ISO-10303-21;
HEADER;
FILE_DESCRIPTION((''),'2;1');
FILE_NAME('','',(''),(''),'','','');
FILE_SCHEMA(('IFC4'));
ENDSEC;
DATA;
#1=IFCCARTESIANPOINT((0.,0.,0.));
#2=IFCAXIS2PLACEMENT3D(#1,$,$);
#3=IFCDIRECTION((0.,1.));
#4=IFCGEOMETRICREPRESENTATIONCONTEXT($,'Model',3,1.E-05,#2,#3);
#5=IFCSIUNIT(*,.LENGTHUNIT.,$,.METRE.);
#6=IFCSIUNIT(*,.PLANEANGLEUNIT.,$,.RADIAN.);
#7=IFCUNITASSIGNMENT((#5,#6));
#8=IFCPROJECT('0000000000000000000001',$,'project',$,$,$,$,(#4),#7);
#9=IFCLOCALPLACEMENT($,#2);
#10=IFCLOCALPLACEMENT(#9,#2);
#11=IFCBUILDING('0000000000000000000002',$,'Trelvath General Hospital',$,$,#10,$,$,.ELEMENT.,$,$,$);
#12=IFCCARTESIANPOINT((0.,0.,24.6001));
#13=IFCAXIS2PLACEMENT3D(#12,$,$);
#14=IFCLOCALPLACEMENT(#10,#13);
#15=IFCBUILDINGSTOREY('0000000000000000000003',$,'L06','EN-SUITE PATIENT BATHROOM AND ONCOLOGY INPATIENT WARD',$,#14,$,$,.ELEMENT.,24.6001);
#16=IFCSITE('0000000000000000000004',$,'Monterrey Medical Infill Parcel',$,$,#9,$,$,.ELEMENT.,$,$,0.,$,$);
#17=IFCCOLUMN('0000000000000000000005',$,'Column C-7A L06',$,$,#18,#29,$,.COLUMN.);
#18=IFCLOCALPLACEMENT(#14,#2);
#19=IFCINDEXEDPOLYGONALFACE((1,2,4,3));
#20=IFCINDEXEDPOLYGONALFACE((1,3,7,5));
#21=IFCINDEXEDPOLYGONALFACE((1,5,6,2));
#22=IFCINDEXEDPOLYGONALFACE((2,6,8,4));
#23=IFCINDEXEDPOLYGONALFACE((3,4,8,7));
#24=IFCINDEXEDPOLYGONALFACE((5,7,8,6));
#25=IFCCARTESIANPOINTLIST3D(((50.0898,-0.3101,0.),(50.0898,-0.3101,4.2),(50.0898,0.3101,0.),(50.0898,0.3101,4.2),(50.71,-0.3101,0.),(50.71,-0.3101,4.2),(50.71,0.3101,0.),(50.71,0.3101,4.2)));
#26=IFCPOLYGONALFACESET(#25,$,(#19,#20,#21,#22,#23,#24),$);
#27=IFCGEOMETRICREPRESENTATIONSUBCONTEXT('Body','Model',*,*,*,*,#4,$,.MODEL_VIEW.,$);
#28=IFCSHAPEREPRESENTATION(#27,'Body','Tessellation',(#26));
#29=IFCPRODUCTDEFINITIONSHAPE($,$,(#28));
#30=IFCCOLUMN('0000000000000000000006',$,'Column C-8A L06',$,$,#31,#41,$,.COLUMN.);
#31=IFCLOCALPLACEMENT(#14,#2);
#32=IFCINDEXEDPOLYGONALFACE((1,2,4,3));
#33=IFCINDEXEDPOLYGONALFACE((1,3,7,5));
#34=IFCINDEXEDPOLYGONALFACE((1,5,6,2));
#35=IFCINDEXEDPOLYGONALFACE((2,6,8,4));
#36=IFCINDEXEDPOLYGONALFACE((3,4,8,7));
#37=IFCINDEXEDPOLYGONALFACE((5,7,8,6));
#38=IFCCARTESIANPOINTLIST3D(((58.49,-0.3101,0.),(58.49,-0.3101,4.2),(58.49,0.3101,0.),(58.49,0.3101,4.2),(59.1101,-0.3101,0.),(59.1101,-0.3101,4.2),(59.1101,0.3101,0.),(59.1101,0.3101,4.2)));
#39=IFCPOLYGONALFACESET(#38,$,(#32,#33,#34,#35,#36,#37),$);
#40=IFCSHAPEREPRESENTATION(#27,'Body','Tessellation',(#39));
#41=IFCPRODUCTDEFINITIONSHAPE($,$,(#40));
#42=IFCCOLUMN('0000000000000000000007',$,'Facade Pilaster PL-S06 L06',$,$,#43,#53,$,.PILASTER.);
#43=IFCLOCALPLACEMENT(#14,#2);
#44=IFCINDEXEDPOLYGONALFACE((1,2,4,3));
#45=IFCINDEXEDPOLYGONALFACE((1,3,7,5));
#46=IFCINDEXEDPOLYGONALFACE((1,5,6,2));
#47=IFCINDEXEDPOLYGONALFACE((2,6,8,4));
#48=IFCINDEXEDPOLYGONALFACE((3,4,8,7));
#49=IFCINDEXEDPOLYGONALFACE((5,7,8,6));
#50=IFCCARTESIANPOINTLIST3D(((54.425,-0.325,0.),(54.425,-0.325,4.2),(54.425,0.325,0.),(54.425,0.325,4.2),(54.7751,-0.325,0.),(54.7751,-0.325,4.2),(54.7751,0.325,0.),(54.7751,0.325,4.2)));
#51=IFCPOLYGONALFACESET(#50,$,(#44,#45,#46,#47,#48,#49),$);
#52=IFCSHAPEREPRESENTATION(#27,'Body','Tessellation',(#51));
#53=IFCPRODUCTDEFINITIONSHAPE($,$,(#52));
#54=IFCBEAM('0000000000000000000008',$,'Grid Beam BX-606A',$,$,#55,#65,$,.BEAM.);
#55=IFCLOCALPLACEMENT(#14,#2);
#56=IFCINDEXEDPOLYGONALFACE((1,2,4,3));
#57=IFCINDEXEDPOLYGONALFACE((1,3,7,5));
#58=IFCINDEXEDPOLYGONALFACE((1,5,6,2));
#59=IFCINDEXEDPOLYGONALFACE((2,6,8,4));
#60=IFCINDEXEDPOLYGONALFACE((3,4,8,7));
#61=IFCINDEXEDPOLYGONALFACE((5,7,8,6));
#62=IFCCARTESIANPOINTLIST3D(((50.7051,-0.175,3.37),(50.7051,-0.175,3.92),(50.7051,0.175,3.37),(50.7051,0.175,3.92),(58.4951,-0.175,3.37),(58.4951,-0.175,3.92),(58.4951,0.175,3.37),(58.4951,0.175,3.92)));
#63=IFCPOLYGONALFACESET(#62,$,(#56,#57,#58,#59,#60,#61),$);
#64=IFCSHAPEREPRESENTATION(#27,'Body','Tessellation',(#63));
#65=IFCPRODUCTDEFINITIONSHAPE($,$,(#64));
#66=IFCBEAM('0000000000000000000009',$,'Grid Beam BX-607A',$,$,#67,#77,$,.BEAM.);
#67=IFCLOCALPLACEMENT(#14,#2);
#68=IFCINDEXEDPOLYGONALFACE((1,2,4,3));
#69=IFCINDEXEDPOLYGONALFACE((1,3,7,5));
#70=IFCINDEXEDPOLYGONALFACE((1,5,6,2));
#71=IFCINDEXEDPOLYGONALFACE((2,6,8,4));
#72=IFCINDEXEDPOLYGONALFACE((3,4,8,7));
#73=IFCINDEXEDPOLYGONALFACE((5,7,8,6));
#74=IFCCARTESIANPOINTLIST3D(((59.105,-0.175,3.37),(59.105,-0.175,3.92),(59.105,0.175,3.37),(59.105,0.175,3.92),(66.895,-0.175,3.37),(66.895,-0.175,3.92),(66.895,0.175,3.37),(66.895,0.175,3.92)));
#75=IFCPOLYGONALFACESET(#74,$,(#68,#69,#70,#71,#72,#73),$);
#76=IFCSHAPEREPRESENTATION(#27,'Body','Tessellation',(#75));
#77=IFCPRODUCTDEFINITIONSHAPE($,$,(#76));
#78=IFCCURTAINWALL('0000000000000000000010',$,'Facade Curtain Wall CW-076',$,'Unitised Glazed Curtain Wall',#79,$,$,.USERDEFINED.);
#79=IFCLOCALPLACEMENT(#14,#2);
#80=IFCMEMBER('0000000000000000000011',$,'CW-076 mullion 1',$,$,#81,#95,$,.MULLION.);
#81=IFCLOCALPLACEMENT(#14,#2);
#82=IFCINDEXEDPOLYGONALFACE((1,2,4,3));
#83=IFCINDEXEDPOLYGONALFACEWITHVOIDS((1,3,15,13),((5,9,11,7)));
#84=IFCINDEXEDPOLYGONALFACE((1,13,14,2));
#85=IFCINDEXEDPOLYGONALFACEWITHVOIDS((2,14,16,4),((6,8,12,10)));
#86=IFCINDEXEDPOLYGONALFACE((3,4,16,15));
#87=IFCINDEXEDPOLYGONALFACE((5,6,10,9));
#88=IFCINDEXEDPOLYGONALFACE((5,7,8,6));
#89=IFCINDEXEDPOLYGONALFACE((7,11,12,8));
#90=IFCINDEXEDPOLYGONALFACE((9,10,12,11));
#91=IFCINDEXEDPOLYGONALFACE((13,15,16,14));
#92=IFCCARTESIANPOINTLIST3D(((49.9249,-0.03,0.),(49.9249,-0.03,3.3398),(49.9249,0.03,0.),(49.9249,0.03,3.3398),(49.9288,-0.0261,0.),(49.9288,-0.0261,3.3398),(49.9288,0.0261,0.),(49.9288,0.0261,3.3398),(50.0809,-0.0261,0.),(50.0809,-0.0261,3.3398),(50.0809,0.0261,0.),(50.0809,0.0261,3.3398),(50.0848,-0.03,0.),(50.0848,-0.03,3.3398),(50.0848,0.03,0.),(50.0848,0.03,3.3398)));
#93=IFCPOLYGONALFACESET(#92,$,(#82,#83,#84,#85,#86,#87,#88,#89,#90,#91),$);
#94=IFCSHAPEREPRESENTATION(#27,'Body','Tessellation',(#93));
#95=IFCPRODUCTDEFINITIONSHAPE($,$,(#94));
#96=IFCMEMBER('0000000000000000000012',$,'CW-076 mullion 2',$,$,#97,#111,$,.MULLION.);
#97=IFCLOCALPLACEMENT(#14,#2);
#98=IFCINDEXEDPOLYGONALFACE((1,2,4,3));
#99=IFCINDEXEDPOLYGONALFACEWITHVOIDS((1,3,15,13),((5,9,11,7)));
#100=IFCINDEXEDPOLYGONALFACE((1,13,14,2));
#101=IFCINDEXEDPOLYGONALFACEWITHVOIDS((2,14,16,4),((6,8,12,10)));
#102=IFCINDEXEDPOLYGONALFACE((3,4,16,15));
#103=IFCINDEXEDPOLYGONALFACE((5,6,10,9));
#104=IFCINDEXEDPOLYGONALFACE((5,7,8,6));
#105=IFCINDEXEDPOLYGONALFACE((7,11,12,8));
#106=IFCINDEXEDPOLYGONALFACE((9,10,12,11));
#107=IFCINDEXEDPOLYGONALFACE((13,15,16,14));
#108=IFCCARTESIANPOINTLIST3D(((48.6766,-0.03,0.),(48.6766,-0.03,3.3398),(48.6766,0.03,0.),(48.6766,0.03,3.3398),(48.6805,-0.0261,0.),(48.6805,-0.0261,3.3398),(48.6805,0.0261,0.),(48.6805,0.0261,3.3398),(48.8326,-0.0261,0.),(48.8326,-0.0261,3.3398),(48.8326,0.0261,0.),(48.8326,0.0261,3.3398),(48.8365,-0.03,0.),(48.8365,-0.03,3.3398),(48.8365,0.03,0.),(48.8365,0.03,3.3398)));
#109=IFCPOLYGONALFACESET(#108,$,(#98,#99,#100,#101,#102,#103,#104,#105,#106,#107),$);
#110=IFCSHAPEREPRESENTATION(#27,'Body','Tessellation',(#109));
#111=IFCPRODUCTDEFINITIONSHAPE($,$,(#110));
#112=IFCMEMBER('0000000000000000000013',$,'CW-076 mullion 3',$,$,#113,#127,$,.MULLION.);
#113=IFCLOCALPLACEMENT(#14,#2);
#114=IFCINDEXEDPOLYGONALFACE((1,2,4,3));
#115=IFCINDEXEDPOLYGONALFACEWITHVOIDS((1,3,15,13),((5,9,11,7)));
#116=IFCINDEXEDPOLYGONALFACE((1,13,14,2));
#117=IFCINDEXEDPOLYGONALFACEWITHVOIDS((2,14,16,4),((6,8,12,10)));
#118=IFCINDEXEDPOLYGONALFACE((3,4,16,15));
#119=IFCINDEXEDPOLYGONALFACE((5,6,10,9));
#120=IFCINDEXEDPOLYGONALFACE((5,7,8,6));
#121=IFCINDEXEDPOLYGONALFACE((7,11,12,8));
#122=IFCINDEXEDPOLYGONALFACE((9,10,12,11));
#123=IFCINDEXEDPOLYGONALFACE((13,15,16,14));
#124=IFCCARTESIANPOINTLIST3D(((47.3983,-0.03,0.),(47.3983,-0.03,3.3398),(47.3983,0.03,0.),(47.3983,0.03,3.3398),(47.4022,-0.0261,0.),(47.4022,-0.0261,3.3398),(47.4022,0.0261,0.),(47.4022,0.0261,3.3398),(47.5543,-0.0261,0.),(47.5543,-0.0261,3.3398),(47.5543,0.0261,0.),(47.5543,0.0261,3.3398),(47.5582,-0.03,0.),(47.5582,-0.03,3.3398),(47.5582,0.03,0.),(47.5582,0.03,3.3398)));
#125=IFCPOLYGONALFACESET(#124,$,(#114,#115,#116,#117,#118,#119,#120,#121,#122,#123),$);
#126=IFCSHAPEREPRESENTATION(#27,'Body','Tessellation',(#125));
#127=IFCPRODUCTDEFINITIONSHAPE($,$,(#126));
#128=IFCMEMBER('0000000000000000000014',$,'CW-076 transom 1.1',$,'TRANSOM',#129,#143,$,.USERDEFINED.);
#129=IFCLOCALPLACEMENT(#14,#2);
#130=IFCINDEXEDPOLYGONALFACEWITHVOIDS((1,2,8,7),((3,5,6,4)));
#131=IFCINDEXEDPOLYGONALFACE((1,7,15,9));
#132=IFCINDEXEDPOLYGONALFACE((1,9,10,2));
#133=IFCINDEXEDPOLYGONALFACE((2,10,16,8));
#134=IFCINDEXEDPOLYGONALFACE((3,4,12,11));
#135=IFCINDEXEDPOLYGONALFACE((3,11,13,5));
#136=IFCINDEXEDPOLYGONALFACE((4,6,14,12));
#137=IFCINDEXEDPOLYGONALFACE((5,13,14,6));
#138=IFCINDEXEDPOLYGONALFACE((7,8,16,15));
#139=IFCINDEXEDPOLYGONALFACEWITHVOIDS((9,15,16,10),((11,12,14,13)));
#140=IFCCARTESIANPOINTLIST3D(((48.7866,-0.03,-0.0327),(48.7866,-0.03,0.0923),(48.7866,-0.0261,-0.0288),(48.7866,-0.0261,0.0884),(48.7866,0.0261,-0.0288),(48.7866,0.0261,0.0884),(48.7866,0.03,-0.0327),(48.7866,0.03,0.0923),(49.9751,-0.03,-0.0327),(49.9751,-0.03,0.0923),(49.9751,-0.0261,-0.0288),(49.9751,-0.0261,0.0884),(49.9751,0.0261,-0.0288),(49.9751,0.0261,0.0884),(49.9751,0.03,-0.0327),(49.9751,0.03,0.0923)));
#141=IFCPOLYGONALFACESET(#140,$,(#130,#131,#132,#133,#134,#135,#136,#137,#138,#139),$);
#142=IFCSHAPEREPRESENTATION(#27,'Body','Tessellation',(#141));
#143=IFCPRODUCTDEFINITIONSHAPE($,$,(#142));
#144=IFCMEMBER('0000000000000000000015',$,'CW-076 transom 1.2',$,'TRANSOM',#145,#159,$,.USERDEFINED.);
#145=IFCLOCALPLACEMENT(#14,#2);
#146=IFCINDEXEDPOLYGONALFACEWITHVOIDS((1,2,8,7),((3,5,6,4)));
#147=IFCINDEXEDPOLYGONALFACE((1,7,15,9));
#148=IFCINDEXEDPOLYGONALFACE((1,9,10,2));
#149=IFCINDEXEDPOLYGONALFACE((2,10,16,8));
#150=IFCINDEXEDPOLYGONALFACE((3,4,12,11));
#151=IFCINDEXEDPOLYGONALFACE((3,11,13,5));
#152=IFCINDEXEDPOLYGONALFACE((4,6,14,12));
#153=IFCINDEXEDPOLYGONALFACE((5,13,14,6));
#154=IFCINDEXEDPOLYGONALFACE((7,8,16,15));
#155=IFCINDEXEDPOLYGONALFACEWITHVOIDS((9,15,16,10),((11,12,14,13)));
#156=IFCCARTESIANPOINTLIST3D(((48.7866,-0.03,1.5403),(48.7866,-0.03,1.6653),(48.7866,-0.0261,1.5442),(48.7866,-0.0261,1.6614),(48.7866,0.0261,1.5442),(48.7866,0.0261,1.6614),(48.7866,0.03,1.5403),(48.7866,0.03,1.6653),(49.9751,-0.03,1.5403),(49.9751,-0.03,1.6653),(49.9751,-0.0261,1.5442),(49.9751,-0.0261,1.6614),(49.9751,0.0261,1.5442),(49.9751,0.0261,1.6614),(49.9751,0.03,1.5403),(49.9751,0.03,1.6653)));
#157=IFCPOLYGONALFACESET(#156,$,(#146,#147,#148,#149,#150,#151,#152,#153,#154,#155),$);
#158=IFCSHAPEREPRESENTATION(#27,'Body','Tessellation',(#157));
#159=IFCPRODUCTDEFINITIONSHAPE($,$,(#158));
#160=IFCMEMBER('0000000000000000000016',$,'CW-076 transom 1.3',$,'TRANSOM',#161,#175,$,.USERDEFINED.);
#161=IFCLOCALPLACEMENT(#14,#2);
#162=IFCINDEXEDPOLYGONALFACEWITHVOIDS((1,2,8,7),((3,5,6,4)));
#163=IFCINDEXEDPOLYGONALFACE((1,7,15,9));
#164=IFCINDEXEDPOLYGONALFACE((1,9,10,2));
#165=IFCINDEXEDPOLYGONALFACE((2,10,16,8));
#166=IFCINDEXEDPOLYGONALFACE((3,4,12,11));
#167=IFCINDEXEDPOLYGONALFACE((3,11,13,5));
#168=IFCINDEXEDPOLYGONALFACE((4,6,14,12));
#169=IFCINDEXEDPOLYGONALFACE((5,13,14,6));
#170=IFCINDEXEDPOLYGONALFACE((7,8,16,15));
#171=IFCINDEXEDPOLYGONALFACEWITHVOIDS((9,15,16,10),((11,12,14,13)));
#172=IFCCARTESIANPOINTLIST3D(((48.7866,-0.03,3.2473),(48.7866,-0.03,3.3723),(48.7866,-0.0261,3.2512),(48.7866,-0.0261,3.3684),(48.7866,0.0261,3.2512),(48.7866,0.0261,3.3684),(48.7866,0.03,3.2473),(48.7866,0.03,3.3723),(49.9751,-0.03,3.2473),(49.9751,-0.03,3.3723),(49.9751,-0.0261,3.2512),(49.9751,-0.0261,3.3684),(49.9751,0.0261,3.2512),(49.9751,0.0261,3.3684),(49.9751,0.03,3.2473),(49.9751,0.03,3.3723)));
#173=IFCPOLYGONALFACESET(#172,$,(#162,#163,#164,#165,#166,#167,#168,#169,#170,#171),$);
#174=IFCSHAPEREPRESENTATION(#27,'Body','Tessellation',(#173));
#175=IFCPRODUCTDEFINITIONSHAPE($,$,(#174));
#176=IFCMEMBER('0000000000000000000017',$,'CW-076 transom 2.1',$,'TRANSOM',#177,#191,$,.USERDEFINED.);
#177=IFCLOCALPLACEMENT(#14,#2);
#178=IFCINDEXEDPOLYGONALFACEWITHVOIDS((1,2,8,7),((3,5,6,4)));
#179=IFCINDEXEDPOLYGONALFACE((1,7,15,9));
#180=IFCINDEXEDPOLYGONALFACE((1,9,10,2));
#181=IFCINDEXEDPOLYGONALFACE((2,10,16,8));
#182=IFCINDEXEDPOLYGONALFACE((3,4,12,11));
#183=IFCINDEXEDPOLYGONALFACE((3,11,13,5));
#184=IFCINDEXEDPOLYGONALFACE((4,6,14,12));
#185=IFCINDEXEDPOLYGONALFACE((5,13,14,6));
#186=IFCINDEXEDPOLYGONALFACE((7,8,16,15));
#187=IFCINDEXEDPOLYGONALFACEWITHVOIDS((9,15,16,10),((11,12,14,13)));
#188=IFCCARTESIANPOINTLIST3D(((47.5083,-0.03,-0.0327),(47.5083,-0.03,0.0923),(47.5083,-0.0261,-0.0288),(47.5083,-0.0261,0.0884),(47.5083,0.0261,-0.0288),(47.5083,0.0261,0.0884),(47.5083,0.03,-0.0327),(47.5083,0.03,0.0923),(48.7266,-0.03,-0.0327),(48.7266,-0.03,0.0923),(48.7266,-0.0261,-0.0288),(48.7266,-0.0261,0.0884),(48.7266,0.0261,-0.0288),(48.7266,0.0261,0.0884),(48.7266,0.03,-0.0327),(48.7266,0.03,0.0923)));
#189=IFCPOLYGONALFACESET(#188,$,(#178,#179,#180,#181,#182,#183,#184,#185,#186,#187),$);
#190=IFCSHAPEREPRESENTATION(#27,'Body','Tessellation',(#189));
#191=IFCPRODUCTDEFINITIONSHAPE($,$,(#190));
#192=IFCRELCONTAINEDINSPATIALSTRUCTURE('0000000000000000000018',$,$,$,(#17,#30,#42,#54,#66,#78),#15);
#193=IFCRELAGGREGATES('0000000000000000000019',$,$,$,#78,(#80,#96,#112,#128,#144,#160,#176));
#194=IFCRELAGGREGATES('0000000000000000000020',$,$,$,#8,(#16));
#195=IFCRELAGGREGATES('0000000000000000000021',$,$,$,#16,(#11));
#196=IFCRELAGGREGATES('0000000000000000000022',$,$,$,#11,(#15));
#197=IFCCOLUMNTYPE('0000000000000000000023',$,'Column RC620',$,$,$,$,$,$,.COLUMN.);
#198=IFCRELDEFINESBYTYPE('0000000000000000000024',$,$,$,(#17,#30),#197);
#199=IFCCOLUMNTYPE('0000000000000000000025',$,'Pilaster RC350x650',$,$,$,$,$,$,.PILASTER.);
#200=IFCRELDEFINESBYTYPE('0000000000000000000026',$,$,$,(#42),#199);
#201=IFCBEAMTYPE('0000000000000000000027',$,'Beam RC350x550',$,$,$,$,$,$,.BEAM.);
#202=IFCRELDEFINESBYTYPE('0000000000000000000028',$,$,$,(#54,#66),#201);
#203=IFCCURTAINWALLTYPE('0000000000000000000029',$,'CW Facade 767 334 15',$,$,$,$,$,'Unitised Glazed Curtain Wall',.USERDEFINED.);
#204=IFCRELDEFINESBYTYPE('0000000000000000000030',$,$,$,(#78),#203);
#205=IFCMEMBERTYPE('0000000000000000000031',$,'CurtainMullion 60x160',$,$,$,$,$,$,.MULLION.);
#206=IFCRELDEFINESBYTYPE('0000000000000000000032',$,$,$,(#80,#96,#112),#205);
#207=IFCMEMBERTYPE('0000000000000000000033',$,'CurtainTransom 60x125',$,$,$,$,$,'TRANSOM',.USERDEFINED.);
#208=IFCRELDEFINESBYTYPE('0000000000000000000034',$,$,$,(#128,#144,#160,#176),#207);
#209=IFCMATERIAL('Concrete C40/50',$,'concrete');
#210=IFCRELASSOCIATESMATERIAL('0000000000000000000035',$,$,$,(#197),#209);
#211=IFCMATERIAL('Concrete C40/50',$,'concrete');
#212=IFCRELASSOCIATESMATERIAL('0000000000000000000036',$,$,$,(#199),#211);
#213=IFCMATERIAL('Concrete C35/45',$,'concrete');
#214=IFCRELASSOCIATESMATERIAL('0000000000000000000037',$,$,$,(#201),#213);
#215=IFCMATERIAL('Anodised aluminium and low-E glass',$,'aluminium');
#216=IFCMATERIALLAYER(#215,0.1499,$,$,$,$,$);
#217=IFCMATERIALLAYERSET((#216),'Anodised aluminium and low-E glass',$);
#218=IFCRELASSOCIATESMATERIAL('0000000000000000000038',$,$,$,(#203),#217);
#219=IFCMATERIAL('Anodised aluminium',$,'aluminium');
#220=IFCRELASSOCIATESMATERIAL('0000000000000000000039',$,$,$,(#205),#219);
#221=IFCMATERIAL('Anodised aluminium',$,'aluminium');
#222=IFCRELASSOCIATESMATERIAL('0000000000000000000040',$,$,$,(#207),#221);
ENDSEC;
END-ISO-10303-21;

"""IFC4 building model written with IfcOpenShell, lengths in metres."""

from ifc_helpers import new_model, si_unit, direction, frame, origin, origin_2d, place, context, subcontext, project, spatial, rectangle, hollow_rectangle, extrude, material, layer, layer_set, material_profile, profile_set, type_object, element, aggregate, save


model = new_model("IFC4")

# Units and contexts
model_context = context("Model", 3, precision=1e-05, world=origin(), true_north=direction((0.0, 1.0)))
body_context = subcontext(model_context, "Body", "Model", "MODEL_VIEW")
ifc_project = project(units=[si_unit("LENGTHUNIT", "METRE"), si_unit("PLANEANGLEUNIT", "RADIAN")], contexts=[model_context])

# Site, building, storey
site_placement = place(None, origin())
site = spatial("IfcSite", under=ifc_project, at=site_placement, Name="Monterrey Medical Infill Parcel", CompositionType="ELEMENT", RefElevation=0.0)
building_placement = place(site_placement, origin())
building = spatial("IfcBuilding", under=site, at=building_placement, Name="Trelvath General Hospital", CompositionType="ELEMENT")
storey_placement = place(building_placement, frame((0.0, 0.0, 24.6001)))
storey = spatial("IfcBuildingStorey", under=building, at=storey_placement, Name="L06", Description="EN-SUITE PATIENT BATHROOM AND ONCOLOGY INPATIENT WARD", CompositionType="ELEMENT", Elevation=24.6001)

# Columns
ifc_material_1 = material(Name="Concrete C40/50", Category="concrete")
ifc_material_profile_1 = material_profile(ifc_material_1, rectangle(XDim=0.6201, YDim=0.6201, at=origin_2d()), Name="RC620x620")
ifc_profile_set_1 = profile_set([ifc_material_profile_1], Name="Concrete C40/50")
column_type_1 = type_object("IfcColumnType", Name="Column RC620", PredefinedType="COLUMN", material=ifc_profile_set_1)
for number, where, z_axis, x_axis, name in (
    (1, (50.3999, 0.0, 0.0), (0.0, 0.0, 1.0), (1.0, 0.0, 0.0), "Column C-7A L06"),
    (2, (58.8, 0.0, 0.0), (0.0, 0.0, 1.0), (1.0, 0.0, 0.0), "Column C-8A L06"),
):
    element("IfcColumn", number, at=place(storey_placement, frame(where, z_axis=z_axis, x_axis=x_axis)), inside=storey, type_object=column_type_1, Name=name, PredefinedType="COLUMN", context=body_context, shape_type="SweptSolid", body=[
        extrude(rectangle(XDim=0.6201, YDim=0.6201, at=origin_2d()), origin(), (0.0, 0.0, 1.0), 4.2),
    ])
ifc_material_2 = material(Name="Concrete C40/50", Category="concrete")
ifc_material_profile_2 = material_profile(ifc_material_2, rectangle(XDim=0.3501, YDim=0.6499, at=origin_2d()), Name="RC350x650")
ifc_profile_set_2 = profile_set([ifc_material_profile_2], Name="Concrete C40/50")
column_type_2 = type_object("IfcColumnType", Name="Pilaster RC350x650", PredefinedType="PILASTER", material=ifc_profile_set_2)
column_placement = place(storey_placement, frame((54.6001, 0.0, 0.0), z_axis=(0.0, 0.0, 1.0), x_axis=(1.0, 0.0, 0.0)))
element("IfcColumn", 3, at=column_placement, inside=storey, type_object=column_type_2, Name="Facade Pilaster PL-S06 L06", PredefinedType="PILASTER", context=body_context, shape_type="SweptSolid", body=[
    extrude(rectangle(XDim=0.3501, YDim=0.6499, at=origin_2d()), origin(), (0.0, 0.0, 1.0), 4.2),
])

# Beams
ifc_material_3 = material(Name="Concrete C35/45", Category="concrete")
ifc_material_profile_3 = material_profile(ifc_material_3, rectangle(XDim=0.3501, YDim=0.55, at=origin_2d()), Name="RCB350x550")
ifc_profile_set_3 = profile_set([ifc_material_profile_3], Name="Concrete C35/45")
beam_type_1 = type_object("IfcBeamType", Name="Beam RC350x550", PredefinedType="BEAM", material=ifc_profile_set_3)
for number, where, z_axis, x_axis, name in (
    (4, (50.7051, 0.0, 3.645), (1.0, 0.0, 0.0), (0.0, 1.0, 0.0), "Grid Beam BX-606A"),
    (5, (59.105, 0.0, 3.645), (1.0, 0.0, 0.0), (0.0, 1.0, 0.0), "Grid Beam BX-607A"),
):
    element("IfcBeam", number, at=place(storey_placement, frame(where, z_axis=z_axis, x_axis=x_axis)), inside=storey, type_object=beam_type_1, Name=name, PredefinedType="BEAM", context=body_context, shape_type="SweptSolid", body=[
        extrude(rectangle(XDim=0.3501, YDim=0.55, at=origin_2d()), origin(), (0.0, 0.0, 1.0), 7.79),
    ])

# Curtain wall, members
ifc_material_4 = material(Name="Anodised aluminium and low-E glass", Category="aluminium")
ifc_layer_1 = layer(ifc_material_4, 0.1499)
ifc_layer_set_1 = layer_set([ifc_layer_1], Name="Anodised aluminium and low-E glass")
curtain_wall_type = type_object("IfcCurtainWallType", Name="CW Facade 767 334 15", ElementType="Unitised Glazed Curtain Wall", PredefinedType="USERDEFINED", material=ifc_layer_set_1)
curtain_wall_placement = place(storey_placement, origin())
curtain_wall = element("IfcCurtainWall", 6, at=curtain_wall_placement, inside=storey, type_object=curtain_wall_type, Name="Facade Curtain Wall CW-076", ObjectType="Unitised Glazed Curtain Wall", PredefinedType="USERDEFINED")
ifc_material_5 = material(Name="Anodised aluminium", Category="aluminium")
ifc_material_profile_4 = material_profile(ifc_material_5, hollow_rectangle(XDim=0.0601, YDim=0.1599, WallThickness=0.0039, at=origin_2d()), Name="RHS60x160x4")
ifc_profile_set_4 = profile_set([ifc_material_profile_4], Name="Anodised aluminium")
member_type_1 = type_object("IfcMemberType", Name="CurtainMullion 60x160", PredefinedType="MULLION", material=ifc_profile_set_4)
member_1_placement = place(storey_placement, frame((50.0049, 0.0, 0.0), z_axis=(0.0, 0.0, 1.0), x_axis=(0.0, -1.0, 0.0)))
member_1 = element("IfcMember", 7, at=member_1_placement, type_object=member_type_1, Name="CW-076 mullion 1", PredefinedType="MULLION", context=body_context, shape_type="SweptSolid", body=[
    extrude(hollow_rectangle(XDim=0.0601, YDim=0.1599, WallThickness=0.0039, at=origin_2d()), origin(), (0.0, 0.0, 1.0), 3.3398),
])
member_2_placement = place(storey_placement, frame((48.7566, 0.0, 0.0), z_axis=(0.0, 0.0, 1.0), x_axis=(0.0, -1.0, 0.0)))
member_2 = element("IfcMember", 8, at=member_2_placement, type_object=member_type_1, Name="CW-076 mullion 2", PredefinedType="MULLION", context=body_context, shape_type="SweptSolid", body=[
    extrude(hollow_rectangle(XDim=0.0601, YDim=0.1599, WallThickness=0.0039, at=origin_2d()), origin(), (0.0, 0.0, 1.0), 3.3398),
])
member_3_placement = place(storey_placement, frame((47.4783, 0.0, 0.0), z_axis=(0.0, 0.0, 1.0), x_axis=(0.0, -1.0, 0.0)))
member_3 = element("IfcMember", 9, at=member_3_placement, type_object=member_type_1, Name="CW-076 mullion 3", PredefinedType="MULLION", context=body_context, shape_type="SweptSolid", body=[
    extrude(hollow_rectangle(XDim=0.0601, YDim=0.1599, WallThickness=0.0039, at=origin_2d()), origin(), (0.0, 0.0, 1.0), 3.3398),
])
ifc_material_6 = material(Name="Anodised aluminium", Category="aluminium")
ifc_material_profile_5 = material_profile(ifc_material_6, hollow_rectangle(XDim=0.0601, YDim=0.125, WallThickness=0.0039, at=origin_2d()), Name="RHS60x125x4")
ifc_profile_set_5 = profile_set([ifc_material_profile_5], Name="Anodised aluminium")
member_type_2 = type_object("IfcMemberType", Name="CurtainTransom 60x125", ElementType="TRANSOM", PredefinedType="USERDEFINED", material=ifc_profile_set_5)
member_4_placement = place(storey_placement, frame((49.9751, 0.0, 0.0298), z_axis=(-1.0, 0.0, 0.0), x_axis=(0.0, -1.0, 0.0)))
member_4 = element("IfcMember", 10, at=member_4_placement, type_object=member_type_2, Name="CW-076 transom 1.1", ObjectType="TRANSOM", PredefinedType="USERDEFINED", context=body_context, shape_type="SweptSolid", body=[
    extrude(hollow_rectangle(XDim=0.0601, YDim=0.125, WallThickness=0.0039, at=origin_2d()), origin(), (0.0, 0.0, 1.0), 1.1885),
])
member_5_placement = place(storey_placement, frame((49.9751, 0.0, 1.6028), z_axis=(-1.0, 0.0, 0.0), x_axis=(0.0, -1.0, 0.0)))
member_5 = element("IfcMember", 11, at=member_5_placement, type_object=member_type_2, Name="CW-076 transom 1.2", ObjectType="TRANSOM", PredefinedType="USERDEFINED", context=body_context, shape_type="SweptSolid", body=[
    extrude(hollow_rectangle(XDim=0.0601, YDim=0.125, WallThickness=0.0039, at=origin_2d()), origin(), (0.0, 0.0, 1.0), 1.1885),
])
member_6_placement = place(storey_placement, frame((49.9751, 0.0, 3.3098), z_axis=(-1.0, 0.0, 0.0), x_axis=(0.0, -1.0, 0.0)))
member_6 = element("IfcMember", 12, at=member_6_placement, type_object=member_type_2, Name="CW-076 transom 1.3", ObjectType="TRANSOM", PredefinedType="USERDEFINED", context=body_context, shape_type="SweptSolid", body=[
    extrude(hollow_rectangle(XDim=0.0601, YDim=0.125, WallThickness=0.0039, at=origin_2d()), origin(), (0.0, 0.0, 1.0), 1.1885),
])
member_7_placement = place(storey_placement, frame((48.7266, 0.0, 0.0298), z_axis=(-1.0, 0.0, 0.0), x_axis=(0.0, -1.0, 0.0)))
member_7 = element("IfcMember", 13, at=member_7_placement, type_object=member_type_2, Name="CW-076 transom 2.1", ObjectType="TRANSOM", PredefinedType="USERDEFINED", context=body_context, shape_type="SweptSolid", body=[
    extrude(hollow_rectangle(XDim=0.0601, YDim=0.125, WallThickness=0.0039, at=origin_2d()), origin(), (0.0, 0.0, 1.0), 1.2183),
])

aggregate(curtain_wall, [member_1, member_2, member_3, member_4, member_5, member_6, member_7])

save(model, "model.ifc")
